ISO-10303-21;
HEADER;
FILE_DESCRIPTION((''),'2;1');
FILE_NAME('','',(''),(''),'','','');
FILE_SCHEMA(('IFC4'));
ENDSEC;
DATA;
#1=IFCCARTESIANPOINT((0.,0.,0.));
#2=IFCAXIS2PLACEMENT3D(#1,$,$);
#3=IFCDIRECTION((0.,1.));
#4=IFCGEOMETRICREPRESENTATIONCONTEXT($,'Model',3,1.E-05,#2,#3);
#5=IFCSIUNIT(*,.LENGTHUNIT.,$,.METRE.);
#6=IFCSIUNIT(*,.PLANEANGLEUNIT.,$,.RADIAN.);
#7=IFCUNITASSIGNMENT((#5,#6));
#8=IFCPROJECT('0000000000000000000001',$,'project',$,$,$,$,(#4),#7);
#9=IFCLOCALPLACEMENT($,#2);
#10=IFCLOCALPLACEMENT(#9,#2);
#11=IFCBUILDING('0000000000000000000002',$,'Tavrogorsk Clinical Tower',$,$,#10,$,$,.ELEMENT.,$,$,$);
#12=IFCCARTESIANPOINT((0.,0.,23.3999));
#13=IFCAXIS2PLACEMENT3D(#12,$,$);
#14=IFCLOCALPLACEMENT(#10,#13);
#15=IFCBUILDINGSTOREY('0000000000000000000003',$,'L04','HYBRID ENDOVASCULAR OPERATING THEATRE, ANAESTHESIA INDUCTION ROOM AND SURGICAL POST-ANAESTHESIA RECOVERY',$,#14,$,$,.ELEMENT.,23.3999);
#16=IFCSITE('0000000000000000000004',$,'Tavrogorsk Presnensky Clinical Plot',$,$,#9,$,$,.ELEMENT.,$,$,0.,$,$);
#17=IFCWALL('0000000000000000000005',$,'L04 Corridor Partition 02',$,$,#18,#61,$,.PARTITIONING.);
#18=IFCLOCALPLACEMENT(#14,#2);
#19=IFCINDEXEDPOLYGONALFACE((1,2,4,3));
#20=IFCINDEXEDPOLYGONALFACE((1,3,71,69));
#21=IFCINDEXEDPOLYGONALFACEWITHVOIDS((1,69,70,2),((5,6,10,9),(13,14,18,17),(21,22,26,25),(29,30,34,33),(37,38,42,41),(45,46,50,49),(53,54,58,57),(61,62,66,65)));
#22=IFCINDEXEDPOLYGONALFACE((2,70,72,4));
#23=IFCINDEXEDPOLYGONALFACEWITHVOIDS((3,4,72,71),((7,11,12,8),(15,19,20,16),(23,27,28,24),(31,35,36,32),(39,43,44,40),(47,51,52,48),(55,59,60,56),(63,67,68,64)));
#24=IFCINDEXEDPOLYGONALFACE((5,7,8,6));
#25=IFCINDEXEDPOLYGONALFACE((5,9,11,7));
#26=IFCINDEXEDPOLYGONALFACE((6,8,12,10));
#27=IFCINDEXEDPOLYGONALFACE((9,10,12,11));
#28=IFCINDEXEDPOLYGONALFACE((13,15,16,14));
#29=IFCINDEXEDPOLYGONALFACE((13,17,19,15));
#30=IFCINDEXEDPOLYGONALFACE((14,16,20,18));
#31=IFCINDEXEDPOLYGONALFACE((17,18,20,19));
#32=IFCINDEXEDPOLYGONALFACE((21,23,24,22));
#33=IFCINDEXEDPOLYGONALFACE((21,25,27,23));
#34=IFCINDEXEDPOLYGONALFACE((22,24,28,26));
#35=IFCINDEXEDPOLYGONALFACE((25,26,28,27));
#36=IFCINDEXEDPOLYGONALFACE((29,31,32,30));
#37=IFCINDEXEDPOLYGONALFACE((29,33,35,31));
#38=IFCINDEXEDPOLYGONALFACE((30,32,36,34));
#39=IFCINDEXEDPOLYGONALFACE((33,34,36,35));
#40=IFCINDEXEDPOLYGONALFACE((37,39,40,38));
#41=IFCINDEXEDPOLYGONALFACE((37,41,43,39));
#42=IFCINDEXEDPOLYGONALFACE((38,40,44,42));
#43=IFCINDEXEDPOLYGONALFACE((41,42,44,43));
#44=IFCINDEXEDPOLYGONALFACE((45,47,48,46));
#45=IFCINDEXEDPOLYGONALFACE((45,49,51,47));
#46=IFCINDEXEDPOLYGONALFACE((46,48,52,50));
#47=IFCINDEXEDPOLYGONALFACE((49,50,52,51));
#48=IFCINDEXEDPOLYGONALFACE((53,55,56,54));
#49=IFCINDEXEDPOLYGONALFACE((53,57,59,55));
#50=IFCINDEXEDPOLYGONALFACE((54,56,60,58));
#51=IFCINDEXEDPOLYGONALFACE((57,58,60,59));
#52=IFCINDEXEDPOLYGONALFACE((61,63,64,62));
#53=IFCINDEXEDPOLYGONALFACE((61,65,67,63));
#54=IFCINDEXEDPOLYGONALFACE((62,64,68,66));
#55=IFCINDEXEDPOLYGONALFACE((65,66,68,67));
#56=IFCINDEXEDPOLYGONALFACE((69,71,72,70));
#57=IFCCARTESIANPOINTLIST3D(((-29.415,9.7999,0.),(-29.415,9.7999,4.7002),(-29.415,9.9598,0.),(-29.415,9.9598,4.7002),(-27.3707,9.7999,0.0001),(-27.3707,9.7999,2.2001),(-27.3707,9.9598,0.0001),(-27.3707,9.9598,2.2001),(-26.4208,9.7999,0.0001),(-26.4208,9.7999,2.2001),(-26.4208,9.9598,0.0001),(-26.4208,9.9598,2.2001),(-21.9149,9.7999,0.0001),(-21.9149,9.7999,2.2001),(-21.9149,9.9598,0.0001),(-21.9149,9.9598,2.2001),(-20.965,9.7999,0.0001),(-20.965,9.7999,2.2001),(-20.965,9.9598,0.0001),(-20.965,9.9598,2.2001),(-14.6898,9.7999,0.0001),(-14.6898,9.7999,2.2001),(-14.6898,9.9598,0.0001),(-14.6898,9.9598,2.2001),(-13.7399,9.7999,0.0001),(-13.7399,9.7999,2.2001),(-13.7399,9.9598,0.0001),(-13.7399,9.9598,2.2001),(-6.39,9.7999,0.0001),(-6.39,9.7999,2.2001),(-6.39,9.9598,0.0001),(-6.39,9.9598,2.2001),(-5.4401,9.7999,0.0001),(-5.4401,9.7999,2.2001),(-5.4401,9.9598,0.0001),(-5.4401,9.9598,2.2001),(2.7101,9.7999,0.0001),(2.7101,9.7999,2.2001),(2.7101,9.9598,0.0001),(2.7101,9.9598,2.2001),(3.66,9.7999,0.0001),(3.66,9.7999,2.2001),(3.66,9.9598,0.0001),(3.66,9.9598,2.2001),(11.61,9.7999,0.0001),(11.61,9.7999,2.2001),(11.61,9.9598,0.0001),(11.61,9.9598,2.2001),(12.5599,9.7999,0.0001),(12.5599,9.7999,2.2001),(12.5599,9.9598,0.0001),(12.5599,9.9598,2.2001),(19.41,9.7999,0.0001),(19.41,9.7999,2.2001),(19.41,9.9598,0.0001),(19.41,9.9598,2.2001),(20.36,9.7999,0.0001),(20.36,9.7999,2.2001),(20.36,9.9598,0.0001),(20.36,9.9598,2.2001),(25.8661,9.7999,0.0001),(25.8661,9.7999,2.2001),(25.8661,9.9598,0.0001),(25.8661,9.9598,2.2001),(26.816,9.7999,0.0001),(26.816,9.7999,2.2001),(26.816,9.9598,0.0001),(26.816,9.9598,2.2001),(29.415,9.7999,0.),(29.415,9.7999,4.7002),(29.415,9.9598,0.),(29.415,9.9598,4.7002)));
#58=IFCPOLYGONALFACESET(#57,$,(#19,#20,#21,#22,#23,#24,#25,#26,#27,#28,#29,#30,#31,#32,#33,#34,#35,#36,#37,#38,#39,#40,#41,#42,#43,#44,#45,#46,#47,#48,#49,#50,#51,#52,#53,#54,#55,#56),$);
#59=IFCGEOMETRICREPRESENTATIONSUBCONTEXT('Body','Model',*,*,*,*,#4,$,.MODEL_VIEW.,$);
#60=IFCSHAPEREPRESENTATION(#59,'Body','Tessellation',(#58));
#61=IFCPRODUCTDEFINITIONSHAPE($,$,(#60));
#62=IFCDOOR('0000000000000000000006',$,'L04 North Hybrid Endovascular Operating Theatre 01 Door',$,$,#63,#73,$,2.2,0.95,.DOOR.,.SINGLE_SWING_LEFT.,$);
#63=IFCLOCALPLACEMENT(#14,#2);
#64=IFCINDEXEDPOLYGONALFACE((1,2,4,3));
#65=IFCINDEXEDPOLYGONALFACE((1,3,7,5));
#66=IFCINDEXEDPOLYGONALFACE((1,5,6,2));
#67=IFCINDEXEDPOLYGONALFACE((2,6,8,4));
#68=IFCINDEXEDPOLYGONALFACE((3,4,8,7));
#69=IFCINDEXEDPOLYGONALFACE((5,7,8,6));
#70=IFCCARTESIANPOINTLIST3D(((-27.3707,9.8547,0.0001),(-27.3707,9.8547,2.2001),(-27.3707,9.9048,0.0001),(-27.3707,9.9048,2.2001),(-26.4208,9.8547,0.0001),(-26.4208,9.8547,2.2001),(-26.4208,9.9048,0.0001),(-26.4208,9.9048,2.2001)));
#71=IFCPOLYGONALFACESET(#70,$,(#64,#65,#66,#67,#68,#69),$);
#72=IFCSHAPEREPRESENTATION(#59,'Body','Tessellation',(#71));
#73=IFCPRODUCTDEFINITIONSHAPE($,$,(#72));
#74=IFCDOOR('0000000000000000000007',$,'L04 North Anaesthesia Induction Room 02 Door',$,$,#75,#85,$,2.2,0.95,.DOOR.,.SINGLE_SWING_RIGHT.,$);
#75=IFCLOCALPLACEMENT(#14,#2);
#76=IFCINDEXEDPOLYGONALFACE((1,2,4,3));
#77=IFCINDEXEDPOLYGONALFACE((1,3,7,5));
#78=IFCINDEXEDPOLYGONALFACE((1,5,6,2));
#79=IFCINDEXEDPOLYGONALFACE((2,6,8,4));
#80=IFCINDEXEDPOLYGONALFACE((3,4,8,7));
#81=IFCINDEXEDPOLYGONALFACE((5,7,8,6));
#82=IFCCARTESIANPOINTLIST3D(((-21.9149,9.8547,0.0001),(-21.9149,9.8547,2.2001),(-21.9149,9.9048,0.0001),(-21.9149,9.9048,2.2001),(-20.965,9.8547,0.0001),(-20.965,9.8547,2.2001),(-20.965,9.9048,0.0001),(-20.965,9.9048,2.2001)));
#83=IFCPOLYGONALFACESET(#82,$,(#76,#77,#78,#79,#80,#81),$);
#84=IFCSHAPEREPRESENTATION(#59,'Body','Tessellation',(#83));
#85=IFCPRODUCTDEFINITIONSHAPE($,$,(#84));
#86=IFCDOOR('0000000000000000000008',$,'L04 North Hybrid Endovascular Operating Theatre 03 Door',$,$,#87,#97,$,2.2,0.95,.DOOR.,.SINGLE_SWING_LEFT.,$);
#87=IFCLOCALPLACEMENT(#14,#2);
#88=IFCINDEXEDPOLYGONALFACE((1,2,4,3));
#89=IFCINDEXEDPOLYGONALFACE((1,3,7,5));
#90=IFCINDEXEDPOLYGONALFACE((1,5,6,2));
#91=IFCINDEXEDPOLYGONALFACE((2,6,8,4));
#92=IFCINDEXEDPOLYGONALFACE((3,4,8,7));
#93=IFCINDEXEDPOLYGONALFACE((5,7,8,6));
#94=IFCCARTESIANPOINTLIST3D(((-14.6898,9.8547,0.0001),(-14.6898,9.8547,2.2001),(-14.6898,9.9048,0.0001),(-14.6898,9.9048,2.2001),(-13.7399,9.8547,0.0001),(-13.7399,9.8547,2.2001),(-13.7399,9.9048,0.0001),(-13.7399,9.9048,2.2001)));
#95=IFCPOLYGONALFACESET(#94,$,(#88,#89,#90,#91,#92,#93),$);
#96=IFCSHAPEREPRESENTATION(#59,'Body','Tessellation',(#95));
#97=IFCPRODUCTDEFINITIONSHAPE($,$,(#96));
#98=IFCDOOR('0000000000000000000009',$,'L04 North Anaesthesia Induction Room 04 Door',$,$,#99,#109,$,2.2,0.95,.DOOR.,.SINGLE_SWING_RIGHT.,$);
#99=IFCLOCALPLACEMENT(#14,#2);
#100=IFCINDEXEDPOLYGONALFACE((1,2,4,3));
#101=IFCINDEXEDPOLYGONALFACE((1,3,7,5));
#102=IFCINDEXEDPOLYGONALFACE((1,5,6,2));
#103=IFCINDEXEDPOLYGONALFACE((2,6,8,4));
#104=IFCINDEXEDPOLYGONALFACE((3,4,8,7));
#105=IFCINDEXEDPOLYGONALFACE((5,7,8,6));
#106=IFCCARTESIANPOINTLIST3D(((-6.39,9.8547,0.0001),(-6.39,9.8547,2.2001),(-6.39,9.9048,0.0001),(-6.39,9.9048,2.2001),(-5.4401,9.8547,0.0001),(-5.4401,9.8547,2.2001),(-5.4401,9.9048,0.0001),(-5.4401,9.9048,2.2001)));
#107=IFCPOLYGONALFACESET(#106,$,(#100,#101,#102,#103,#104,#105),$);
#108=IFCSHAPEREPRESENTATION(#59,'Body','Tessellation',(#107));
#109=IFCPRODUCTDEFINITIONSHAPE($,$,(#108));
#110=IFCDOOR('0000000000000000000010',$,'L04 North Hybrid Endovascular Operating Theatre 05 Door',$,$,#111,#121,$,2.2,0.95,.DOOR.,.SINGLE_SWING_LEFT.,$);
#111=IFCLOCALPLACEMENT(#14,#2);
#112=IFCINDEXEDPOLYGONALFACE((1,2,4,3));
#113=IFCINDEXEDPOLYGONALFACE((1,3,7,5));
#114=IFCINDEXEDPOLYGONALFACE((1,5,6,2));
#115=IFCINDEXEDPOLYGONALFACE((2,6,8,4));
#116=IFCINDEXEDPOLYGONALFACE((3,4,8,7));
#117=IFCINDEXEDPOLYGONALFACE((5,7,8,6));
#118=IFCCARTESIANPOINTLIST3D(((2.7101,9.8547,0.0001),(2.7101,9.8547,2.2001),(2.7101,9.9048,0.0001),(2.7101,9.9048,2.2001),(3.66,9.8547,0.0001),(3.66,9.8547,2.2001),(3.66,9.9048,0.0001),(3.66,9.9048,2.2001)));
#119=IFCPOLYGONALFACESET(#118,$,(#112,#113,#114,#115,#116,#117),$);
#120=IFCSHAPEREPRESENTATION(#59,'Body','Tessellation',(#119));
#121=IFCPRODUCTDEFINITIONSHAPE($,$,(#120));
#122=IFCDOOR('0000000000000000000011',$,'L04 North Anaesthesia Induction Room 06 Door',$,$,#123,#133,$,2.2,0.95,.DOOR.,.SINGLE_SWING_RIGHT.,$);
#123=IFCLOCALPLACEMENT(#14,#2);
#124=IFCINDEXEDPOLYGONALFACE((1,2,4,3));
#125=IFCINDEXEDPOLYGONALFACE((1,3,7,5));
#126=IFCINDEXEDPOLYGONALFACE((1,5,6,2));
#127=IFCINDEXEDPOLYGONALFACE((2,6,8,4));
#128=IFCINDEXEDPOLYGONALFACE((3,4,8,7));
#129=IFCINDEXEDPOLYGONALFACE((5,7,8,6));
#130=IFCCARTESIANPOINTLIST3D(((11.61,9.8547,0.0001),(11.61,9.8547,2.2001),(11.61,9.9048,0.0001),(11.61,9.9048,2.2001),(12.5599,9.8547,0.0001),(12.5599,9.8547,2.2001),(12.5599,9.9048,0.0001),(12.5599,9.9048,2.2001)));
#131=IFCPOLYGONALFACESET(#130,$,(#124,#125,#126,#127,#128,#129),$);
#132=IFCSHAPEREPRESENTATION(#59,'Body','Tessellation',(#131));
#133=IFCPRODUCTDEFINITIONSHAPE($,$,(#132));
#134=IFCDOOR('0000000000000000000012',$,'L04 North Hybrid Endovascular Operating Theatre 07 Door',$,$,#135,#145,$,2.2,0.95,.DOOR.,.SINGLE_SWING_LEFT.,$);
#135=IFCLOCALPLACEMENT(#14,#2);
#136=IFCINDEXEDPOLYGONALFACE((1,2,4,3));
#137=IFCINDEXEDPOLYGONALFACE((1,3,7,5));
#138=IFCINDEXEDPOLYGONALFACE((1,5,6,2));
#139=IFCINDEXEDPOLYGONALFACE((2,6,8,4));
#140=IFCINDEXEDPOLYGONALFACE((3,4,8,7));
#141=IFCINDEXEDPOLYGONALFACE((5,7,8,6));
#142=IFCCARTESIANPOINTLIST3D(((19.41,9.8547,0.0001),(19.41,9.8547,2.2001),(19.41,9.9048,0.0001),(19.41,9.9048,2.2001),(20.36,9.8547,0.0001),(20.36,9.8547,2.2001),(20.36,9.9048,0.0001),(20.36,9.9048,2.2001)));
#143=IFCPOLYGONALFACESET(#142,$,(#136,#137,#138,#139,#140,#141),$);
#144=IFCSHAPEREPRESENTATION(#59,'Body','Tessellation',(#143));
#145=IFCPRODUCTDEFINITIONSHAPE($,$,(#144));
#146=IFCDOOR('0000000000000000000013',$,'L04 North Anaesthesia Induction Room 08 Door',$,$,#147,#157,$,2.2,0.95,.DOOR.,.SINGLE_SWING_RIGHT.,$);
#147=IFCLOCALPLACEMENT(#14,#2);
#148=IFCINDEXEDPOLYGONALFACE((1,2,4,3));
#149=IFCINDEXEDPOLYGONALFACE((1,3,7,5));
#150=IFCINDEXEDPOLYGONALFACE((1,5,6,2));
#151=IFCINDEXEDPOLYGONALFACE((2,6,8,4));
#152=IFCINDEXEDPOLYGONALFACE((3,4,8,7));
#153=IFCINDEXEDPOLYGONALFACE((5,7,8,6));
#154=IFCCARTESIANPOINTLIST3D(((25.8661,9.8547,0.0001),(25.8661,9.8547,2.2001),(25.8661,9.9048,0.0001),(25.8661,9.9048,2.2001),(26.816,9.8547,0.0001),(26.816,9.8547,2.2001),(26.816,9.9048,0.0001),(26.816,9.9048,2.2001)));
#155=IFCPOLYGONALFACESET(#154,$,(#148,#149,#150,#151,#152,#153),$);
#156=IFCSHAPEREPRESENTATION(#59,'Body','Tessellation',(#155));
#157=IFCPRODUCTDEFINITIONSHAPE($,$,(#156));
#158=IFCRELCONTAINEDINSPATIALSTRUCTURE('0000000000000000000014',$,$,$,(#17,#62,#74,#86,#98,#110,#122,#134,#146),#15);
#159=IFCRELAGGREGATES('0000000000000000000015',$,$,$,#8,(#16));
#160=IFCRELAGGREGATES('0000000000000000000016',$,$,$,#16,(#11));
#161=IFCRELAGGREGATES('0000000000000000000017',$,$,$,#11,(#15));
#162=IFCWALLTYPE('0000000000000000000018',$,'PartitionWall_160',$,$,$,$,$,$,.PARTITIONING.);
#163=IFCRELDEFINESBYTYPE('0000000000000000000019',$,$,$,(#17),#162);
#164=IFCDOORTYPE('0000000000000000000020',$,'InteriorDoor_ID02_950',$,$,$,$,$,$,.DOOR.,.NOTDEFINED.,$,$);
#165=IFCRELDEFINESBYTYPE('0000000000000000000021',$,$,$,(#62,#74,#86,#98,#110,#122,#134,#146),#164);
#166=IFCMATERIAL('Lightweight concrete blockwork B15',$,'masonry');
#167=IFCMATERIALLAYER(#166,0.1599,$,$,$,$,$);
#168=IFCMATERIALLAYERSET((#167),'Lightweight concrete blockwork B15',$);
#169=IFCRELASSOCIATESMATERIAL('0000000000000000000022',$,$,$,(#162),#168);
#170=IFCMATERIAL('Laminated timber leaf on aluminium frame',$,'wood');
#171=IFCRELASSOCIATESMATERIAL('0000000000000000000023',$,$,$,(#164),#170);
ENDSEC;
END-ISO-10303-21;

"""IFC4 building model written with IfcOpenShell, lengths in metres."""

from ifc_helpers import new_model, si_unit, direction, frame, frame_2d, origin, place, context, subcontext, project, spatial, rectangle, extrude, material, layer, layer_set, type_object, element, fill, save


model = new_model("IFC4")

# Units and contexts
model_context = context("Model", 3, precision=1e-05, world=origin(), true_north=direction((0.0, 1.0)))
body_context = subcontext(model_context, "Body", "Model", "MODEL_VIEW")
ifc_project = project(units=[si_unit("LENGTHUNIT", "METRE"), si_unit("PLANEANGLEUNIT", "RADIAN")], contexts=[model_context])

# Site, building, storey
site_placement = place(None, origin())
site = spatial("IfcSite", under=ifc_project, at=site_placement, Name="Tavrogorsk Presnensky Clinical Plot", CompositionType="ELEMENT", RefElevation=0.0)
building_placement = place(site_placement, origin())
building = spatial("IfcBuilding", under=site, at=building_placement, Name="Tavrogorsk Clinical Tower", CompositionType="ELEMENT")
storey_placement = place(building_placement, frame((0.0, 0.0, 23.3999)))
storey = spatial("IfcBuildingStorey", under=building, at=storey_placement, Name="L04", Description="HYBRID ENDOVASCULAR OPERATING THEATRE, ANAESTHESIA INDUCTION ROOM AND SURGICAL POST-ANAESTHESIA RECOVERY", CompositionType="ELEMENT", Elevation=23.3999)

# Wall, openings, doors
ifc_material_1 = material(Name="Lightweight concrete blockwork B15", Category="masonry")
ifc_layer_1 = layer(ifc_material_1, 0.1599)
ifc_layer_set_1 = layer_set([ifc_layer_1], Name="Lightweight concrete blockwork B15")
wall_type_1 = type_object("IfcWallType", Name="PartitionWall_160", PredefinedType="PARTITIONING", material=ifc_layer_set_1)
wall_1_placement = place(storey_placement, frame((-29.415, 9.8799, 0.0), z_axis=(0.0, 0.0, 1.0), x_axis=(1.0, 0.0, 0.0)))
wall_1 = element("IfcWall", 1, at=wall_1_placement, inside=storey, type_object=wall_type_1, Name="L04 Corridor Partition 02", PredefinedType="PARTITIONING", context=body_context, shape_type="SweptSolid", body=[
    extrude(rectangle(XDim=58.8301, YDim=0.1599, at=frame_2d((29.415, 0.0))), origin(), (0.0, 0.0, 1.0), 4.7002),
])
opening_1_placement = place(wall_1_placement, frame((2.0442, 0.0, 0.0)))
opening_1 = element("IfcOpeningElement", 2, at=opening_1_placement, cuts=wall_1, PredefinedType="OPENING", context=body_context, shape_type="SweptSolid", body=[
    extrude(rectangle(XDim=0.95, YDim=2.2, at=frame_2d((0.4751, 1.1001))), frame((0.0, 0.0898, 0.0), z_axis=(0.0, -1.0, 0.0), x_axis=(1.0, 0.0, 0.0)), (0.0, 0.0, 1.0), 0.1799),
])
opening_2_placement = place(wall_1_placement, frame((7.5, 0.0, 0.0)))
opening_2 = element("IfcOpeningElement", 3, at=opening_2_placement, cuts=wall_1, PredefinedType="OPENING", context=body_context, shape_type="SweptSolid", body=[
    extrude(rectangle(XDim=0.95, YDim=2.2, at=frame_2d((0.4751, 1.1001))), frame((0.0, 0.0898, 0.0), z_axis=(0.0, -1.0, 0.0), x_axis=(1.0, 0.0, 0.0)), (0.0, 0.0, 1.0), 0.1799),
])
opening_3_placement = place(wall_1_placement, frame((14.7251, 0.0, 0.0)))
opening_3 = element("IfcOpeningElement", 4, at=opening_3_placement, cuts=wall_1, PredefinedType="OPENING", context=body_context, shape_type="SweptSolid", body=[
    extrude(rectangle(XDim=0.95, YDim=2.2, at=frame_2d((0.4751, 1.1001))), frame((0.0, 0.0898, 0.0), z_axis=(0.0, -1.0, 0.0), x_axis=(1.0, 0.0, 0.0)), (0.0, 0.0, 1.0), 0.1799),
])
opening_4_placement = place(wall_1_placement, frame((23.0249, 0.0, 0.0)))
opening_4 = element("IfcOpeningElement", 5, at=opening_4_placement, cuts=wall_1, PredefinedType="OPENING", context=body_context, shape_type="SweptSolid", body=[
    extrude(rectangle(XDim=0.95, YDim=2.2, at=frame_2d((0.4751, 1.1001))), frame((0.0, 0.0898, 0.0), z_axis=(0.0, -1.0, 0.0), x_axis=(1.0, 0.0, 0.0)), (0.0, 0.0, 1.0), 0.1799),
])
opening_5_placement = place(wall_1_placement, frame((32.125, 0.0, 0.0)))
opening_5 = element("IfcOpeningElement", 6, at=opening_5_placement, cuts=wall_1, PredefinedType="OPENING", context=body_context, shape_type="SweptSolid", body=[
    extrude(rectangle(XDim=0.95, YDim=2.2, at=frame_2d((0.4751, 1.1001))), frame((0.0, 0.0898, 0.0), z_axis=(0.0, -1.0, 0.0), x_axis=(1.0, 0.0, 0.0)), (0.0, 0.0, 1.0), 0.1799),
])
opening_6_placement = place(wall_1_placement, frame((41.0249, 0.0, 0.0)))
opening_6 = element("IfcOpeningElement", 7, at=opening_6_placement, cuts=wall_1, PredefinedType="OPENING", context=body_context, shape_type="SweptSolid", body=[
    extrude(rectangle(XDim=0.95, YDim=2.2, at=frame_2d((0.4751, 1.1001))), frame((0.0, 0.0898, 0.0), z_axis=(0.0, -1.0, 0.0), x_axis=(1.0, 0.0, 0.0)), (0.0, 0.0, 1.0), 0.1799),
])
opening_7_placement = place(wall_1_placement, frame((48.825, 0.0, 0.0)))
opening_7 = element("IfcOpeningElement", 8, at=opening_7_placement, cuts=wall_1, PredefinedType="OPENING", context=body_context, shape_type="SweptSolid", body=[
    extrude(rectangle(XDim=0.95, YDim=2.2, at=frame_2d((0.4751, 1.1001))), frame((0.0, 0.0898, 0.0), z_axis=(0.0, -1.0, 0.0), x_axis=(1.0, 0.0, 0.0)), (0.0, 0.0, 1.0), 0.1799),
])
opening_8_placement = place(wall_1_placement, frame((55.281, 0.0, 0.0)))
opening_8 = element("IfcOpeningElement", 9, at=opening_8_placement, cuts=wall_1, PredefinedType="OPENING", context=body_context, shape_type="SweptSolid", body=[
    extrude(rectangle(XDim=0.95, YDim=2.2, at=frame_2d((0.4751, 1.1001))), frame((0.0, 0.0898, 0.0), z_axis=(0.0, -1.0, 0.0), x_axis=(1.0, 0.0, 0.0)), (0.0, 0.0, 1.0), 0.1799),
])
ifc_material_2 = material(Name="Laminated timber leaf on aluminium frame", Category="wood")
door_type = type_object("IfcDoorType", Name="InteriorDoor_ID02_950", OperationType="NOTDEFINED", PredefinedType="DOOR", material=ifc_material_2)
door_1_placement = place(opening_1_placement, origin())
door_1 = element("IfcDoor", 10, at=door_1_placement, inside=storey, type_object=door_type, Name="L04 North Hybrid Endovascular Operating Theatre 01 Door", OperationType="SINGLE_SWING_LEFT", OverallHeight=2.2, OverallWidth=0.95, PredefinedType="DOOR", context=body_context, shape_type="SweptSolid", body=[
    extrude(rectangle(XDim=0.95, YDim=2.2, at=frame_2d((0.4751, 1.1001))), frame((0.0, 0.0249, 0.0), z_axis=(0.0, -1.0, 0.0), x_axis=(1.0, 0.0, 0.0)), (0.0, 0.0, 1.0), 0.05),
])
fill(opening_1, door_1)
door_2_placement = place(opening_2_placement, origin())
door_2 = element("IfcDoor", 11, at=door_2_placement, inside=storey, type_object=door_type, Name="L04 North Anaesthesia Induction Room 02 Door", OperationType="SINGLE_SWING_RIGHT", OverallHeight=2.2, OverallWidth=0.95, PredefinedType="DOOR", context=body_context, shape_type="SweptSolid", body=[
    extrude(rectangle(XDim=0.95, YDim=2.2, at=frame_2d((0.4751, 1.1001))), frame((0.0, 0.0249, 0.0), z_axis=(0.0, -1.0, 0.0), x_axis=(1.0, 0.0, 0.0)), (0.0, 0.0, 1.0), 0.05),
])
fill(opening_2, door_2)
door_3_placement = place(opening_3_placement, origin())
door_3 = element("IfcDoor", 12, at=door_3_placement, inside=storey, type_object=door_type, Name="L04 North Hybrid Endovascular Operating Theatre 03 Door", OperationType="SINGLE_SWING_LEFT", OverallHeight=2.2, OverallWidth=0.95, PredefinedType="DOOR", context=body_context, shape_type="SweptSolid", body=[
    extrude(rectangle(XDim=0.95, YDim=2.2, at=frame_2d((0.4751, 1.1001))), frame((0.0, 0.0249, 0.0), z_axis=(0.0, -1.0, 0.0), x_axis=(1.0, 0.0, 0.0)), (0.0, 0.0, 1.0), 0.05),
])
fill(opening_3, door_3)
door_4_placement = place(opening_4_placement, origin())
door_4 = element("IfcDoor", 13, at=door_4_placement, inside=storey, type_object=door_type, Name="L04 North Anaesthesia Induction Room 04 Door", OperationType="SINGLE_SWING_RIGHT", OverallHeight=2.2, OverallWidth=0.95, PredefinedType="DOOR", context=body_context, shape_type="SweptSolid", body=[
    extrude(rectangle(XDim=0.95, YDim=2.2, at=frame_2d((0.4751, 1.1001))), frame((0.0, 0.0249, 0.0), z_axis=(0.0, -1.0, 0.0), x_axis=(1.0, 0.0, 0.0)), (0.0, 0.0, 1.0), 0.05),
])
fill(opening_4, door_4)
door_5_placement = place(opening_5_placement, origin())
door_5 = element("IfcDoor", 14, at=door_5_placement, inside=storey, type_object=door_type, Name="L04 North Hybrid Endovascular Operating Theatre 05 Door", OperationType="SINGLE_SWING_LEFT", OverallHeight=2.2, OverallWidth=0.95, PredefinedType="DOOR", context=body_context, shape_type="SweptSolid", body=[
    extrude(rectangle(XDim=0.95, YDim=2.2, at=frame_2d((0.4751, 1.1001))), frame((0.0, 0.0249, 0.0), z_axis=(0.0, -1.0, 0.0), x_axis=(1.0, 0.0, 0.0)), (0.0, 0.0, 1.0), 0.05),
])
fill(opening_5, door_5)
door_6_placement = place(opening_6_placement, origin())
door_6 = element("IfcDoor", 15, at=door_6_placement, inside=storey, type_object=door_type, Name="L04 North Anaesthesia Induction Room 06 Door", OperationType="SINGLE_SWING_RIGHT", OverallHeight=2.2, OverallWidth=0.95, PredefinedType="DOOR", context=body_context, shape_type="SweptSolid", body=[
    extrude(rectangle(XDim=0.95, YDim=2.2, at=frame_2d((0.4751, 1.1001))), frame((0.0, 0.0249, 0.0), z_axis=(0.0, -1.0, 0.0), x_axis=(1.0, 0.0, 0.0)), (0.0, 0.0, 1.0), 0.05),
])
fill(opening_6, door_6)
door_7_placement = place(opening_7_placement, origin())
door_7 = element("IfcDoor", 16, at=door_7_placement, inside=storey, type_object=door_type, Name="L04 North Hybrid Endovascular Operating Theatre 07 Door", OperationType="SINGLE_SWING_LEFT", OverallHeight=2.2, OverallWidth=0.95, PredefinedType="DOOR", context=body_context, shape_type="SweptSolid", body=[
    extrude(rectangle(XDim=0.95, YDim=2.2, at=frame_2d((0.4751, 1.1001))), frame((0.0, 0.0249, 0.0), z_axis=(0.0, -1.0, 0.0), x_axis=(1.0, 0.0, 0.0)), (0.0, 0.0, 1.0), 0.05),
])
fill(opening_7, door_7)
door_8_placement = place(opening_8_placement, origin())
door_8 = element("IfcDoor", 17, at=door_8_placement, inside=storey, type_object=door_type, Name="L04 North Anaesthesia Induction Room 08 Door", OperationType="SINGLE_SWING_RIGHT", OverallHeight=2.2, OverallWidth=0.95, PredefinedType="DOOR", context=body_context, shape_type="SweptSolid", body=[
    extrude(rectangle(XDim=0.95, YDim=2.2, at=frame_2d((0.4751, 1.1001))), frame((0.0, 0.0249, 0.0), z_axis=(0.0, -1.0, 0.0), x_axis=(1.0, 0.0, 0.0)), (0.0, 0.0, 1.0), 0.05),
])
fill(opening_8, door_8)

save(model, "model.ifc")
